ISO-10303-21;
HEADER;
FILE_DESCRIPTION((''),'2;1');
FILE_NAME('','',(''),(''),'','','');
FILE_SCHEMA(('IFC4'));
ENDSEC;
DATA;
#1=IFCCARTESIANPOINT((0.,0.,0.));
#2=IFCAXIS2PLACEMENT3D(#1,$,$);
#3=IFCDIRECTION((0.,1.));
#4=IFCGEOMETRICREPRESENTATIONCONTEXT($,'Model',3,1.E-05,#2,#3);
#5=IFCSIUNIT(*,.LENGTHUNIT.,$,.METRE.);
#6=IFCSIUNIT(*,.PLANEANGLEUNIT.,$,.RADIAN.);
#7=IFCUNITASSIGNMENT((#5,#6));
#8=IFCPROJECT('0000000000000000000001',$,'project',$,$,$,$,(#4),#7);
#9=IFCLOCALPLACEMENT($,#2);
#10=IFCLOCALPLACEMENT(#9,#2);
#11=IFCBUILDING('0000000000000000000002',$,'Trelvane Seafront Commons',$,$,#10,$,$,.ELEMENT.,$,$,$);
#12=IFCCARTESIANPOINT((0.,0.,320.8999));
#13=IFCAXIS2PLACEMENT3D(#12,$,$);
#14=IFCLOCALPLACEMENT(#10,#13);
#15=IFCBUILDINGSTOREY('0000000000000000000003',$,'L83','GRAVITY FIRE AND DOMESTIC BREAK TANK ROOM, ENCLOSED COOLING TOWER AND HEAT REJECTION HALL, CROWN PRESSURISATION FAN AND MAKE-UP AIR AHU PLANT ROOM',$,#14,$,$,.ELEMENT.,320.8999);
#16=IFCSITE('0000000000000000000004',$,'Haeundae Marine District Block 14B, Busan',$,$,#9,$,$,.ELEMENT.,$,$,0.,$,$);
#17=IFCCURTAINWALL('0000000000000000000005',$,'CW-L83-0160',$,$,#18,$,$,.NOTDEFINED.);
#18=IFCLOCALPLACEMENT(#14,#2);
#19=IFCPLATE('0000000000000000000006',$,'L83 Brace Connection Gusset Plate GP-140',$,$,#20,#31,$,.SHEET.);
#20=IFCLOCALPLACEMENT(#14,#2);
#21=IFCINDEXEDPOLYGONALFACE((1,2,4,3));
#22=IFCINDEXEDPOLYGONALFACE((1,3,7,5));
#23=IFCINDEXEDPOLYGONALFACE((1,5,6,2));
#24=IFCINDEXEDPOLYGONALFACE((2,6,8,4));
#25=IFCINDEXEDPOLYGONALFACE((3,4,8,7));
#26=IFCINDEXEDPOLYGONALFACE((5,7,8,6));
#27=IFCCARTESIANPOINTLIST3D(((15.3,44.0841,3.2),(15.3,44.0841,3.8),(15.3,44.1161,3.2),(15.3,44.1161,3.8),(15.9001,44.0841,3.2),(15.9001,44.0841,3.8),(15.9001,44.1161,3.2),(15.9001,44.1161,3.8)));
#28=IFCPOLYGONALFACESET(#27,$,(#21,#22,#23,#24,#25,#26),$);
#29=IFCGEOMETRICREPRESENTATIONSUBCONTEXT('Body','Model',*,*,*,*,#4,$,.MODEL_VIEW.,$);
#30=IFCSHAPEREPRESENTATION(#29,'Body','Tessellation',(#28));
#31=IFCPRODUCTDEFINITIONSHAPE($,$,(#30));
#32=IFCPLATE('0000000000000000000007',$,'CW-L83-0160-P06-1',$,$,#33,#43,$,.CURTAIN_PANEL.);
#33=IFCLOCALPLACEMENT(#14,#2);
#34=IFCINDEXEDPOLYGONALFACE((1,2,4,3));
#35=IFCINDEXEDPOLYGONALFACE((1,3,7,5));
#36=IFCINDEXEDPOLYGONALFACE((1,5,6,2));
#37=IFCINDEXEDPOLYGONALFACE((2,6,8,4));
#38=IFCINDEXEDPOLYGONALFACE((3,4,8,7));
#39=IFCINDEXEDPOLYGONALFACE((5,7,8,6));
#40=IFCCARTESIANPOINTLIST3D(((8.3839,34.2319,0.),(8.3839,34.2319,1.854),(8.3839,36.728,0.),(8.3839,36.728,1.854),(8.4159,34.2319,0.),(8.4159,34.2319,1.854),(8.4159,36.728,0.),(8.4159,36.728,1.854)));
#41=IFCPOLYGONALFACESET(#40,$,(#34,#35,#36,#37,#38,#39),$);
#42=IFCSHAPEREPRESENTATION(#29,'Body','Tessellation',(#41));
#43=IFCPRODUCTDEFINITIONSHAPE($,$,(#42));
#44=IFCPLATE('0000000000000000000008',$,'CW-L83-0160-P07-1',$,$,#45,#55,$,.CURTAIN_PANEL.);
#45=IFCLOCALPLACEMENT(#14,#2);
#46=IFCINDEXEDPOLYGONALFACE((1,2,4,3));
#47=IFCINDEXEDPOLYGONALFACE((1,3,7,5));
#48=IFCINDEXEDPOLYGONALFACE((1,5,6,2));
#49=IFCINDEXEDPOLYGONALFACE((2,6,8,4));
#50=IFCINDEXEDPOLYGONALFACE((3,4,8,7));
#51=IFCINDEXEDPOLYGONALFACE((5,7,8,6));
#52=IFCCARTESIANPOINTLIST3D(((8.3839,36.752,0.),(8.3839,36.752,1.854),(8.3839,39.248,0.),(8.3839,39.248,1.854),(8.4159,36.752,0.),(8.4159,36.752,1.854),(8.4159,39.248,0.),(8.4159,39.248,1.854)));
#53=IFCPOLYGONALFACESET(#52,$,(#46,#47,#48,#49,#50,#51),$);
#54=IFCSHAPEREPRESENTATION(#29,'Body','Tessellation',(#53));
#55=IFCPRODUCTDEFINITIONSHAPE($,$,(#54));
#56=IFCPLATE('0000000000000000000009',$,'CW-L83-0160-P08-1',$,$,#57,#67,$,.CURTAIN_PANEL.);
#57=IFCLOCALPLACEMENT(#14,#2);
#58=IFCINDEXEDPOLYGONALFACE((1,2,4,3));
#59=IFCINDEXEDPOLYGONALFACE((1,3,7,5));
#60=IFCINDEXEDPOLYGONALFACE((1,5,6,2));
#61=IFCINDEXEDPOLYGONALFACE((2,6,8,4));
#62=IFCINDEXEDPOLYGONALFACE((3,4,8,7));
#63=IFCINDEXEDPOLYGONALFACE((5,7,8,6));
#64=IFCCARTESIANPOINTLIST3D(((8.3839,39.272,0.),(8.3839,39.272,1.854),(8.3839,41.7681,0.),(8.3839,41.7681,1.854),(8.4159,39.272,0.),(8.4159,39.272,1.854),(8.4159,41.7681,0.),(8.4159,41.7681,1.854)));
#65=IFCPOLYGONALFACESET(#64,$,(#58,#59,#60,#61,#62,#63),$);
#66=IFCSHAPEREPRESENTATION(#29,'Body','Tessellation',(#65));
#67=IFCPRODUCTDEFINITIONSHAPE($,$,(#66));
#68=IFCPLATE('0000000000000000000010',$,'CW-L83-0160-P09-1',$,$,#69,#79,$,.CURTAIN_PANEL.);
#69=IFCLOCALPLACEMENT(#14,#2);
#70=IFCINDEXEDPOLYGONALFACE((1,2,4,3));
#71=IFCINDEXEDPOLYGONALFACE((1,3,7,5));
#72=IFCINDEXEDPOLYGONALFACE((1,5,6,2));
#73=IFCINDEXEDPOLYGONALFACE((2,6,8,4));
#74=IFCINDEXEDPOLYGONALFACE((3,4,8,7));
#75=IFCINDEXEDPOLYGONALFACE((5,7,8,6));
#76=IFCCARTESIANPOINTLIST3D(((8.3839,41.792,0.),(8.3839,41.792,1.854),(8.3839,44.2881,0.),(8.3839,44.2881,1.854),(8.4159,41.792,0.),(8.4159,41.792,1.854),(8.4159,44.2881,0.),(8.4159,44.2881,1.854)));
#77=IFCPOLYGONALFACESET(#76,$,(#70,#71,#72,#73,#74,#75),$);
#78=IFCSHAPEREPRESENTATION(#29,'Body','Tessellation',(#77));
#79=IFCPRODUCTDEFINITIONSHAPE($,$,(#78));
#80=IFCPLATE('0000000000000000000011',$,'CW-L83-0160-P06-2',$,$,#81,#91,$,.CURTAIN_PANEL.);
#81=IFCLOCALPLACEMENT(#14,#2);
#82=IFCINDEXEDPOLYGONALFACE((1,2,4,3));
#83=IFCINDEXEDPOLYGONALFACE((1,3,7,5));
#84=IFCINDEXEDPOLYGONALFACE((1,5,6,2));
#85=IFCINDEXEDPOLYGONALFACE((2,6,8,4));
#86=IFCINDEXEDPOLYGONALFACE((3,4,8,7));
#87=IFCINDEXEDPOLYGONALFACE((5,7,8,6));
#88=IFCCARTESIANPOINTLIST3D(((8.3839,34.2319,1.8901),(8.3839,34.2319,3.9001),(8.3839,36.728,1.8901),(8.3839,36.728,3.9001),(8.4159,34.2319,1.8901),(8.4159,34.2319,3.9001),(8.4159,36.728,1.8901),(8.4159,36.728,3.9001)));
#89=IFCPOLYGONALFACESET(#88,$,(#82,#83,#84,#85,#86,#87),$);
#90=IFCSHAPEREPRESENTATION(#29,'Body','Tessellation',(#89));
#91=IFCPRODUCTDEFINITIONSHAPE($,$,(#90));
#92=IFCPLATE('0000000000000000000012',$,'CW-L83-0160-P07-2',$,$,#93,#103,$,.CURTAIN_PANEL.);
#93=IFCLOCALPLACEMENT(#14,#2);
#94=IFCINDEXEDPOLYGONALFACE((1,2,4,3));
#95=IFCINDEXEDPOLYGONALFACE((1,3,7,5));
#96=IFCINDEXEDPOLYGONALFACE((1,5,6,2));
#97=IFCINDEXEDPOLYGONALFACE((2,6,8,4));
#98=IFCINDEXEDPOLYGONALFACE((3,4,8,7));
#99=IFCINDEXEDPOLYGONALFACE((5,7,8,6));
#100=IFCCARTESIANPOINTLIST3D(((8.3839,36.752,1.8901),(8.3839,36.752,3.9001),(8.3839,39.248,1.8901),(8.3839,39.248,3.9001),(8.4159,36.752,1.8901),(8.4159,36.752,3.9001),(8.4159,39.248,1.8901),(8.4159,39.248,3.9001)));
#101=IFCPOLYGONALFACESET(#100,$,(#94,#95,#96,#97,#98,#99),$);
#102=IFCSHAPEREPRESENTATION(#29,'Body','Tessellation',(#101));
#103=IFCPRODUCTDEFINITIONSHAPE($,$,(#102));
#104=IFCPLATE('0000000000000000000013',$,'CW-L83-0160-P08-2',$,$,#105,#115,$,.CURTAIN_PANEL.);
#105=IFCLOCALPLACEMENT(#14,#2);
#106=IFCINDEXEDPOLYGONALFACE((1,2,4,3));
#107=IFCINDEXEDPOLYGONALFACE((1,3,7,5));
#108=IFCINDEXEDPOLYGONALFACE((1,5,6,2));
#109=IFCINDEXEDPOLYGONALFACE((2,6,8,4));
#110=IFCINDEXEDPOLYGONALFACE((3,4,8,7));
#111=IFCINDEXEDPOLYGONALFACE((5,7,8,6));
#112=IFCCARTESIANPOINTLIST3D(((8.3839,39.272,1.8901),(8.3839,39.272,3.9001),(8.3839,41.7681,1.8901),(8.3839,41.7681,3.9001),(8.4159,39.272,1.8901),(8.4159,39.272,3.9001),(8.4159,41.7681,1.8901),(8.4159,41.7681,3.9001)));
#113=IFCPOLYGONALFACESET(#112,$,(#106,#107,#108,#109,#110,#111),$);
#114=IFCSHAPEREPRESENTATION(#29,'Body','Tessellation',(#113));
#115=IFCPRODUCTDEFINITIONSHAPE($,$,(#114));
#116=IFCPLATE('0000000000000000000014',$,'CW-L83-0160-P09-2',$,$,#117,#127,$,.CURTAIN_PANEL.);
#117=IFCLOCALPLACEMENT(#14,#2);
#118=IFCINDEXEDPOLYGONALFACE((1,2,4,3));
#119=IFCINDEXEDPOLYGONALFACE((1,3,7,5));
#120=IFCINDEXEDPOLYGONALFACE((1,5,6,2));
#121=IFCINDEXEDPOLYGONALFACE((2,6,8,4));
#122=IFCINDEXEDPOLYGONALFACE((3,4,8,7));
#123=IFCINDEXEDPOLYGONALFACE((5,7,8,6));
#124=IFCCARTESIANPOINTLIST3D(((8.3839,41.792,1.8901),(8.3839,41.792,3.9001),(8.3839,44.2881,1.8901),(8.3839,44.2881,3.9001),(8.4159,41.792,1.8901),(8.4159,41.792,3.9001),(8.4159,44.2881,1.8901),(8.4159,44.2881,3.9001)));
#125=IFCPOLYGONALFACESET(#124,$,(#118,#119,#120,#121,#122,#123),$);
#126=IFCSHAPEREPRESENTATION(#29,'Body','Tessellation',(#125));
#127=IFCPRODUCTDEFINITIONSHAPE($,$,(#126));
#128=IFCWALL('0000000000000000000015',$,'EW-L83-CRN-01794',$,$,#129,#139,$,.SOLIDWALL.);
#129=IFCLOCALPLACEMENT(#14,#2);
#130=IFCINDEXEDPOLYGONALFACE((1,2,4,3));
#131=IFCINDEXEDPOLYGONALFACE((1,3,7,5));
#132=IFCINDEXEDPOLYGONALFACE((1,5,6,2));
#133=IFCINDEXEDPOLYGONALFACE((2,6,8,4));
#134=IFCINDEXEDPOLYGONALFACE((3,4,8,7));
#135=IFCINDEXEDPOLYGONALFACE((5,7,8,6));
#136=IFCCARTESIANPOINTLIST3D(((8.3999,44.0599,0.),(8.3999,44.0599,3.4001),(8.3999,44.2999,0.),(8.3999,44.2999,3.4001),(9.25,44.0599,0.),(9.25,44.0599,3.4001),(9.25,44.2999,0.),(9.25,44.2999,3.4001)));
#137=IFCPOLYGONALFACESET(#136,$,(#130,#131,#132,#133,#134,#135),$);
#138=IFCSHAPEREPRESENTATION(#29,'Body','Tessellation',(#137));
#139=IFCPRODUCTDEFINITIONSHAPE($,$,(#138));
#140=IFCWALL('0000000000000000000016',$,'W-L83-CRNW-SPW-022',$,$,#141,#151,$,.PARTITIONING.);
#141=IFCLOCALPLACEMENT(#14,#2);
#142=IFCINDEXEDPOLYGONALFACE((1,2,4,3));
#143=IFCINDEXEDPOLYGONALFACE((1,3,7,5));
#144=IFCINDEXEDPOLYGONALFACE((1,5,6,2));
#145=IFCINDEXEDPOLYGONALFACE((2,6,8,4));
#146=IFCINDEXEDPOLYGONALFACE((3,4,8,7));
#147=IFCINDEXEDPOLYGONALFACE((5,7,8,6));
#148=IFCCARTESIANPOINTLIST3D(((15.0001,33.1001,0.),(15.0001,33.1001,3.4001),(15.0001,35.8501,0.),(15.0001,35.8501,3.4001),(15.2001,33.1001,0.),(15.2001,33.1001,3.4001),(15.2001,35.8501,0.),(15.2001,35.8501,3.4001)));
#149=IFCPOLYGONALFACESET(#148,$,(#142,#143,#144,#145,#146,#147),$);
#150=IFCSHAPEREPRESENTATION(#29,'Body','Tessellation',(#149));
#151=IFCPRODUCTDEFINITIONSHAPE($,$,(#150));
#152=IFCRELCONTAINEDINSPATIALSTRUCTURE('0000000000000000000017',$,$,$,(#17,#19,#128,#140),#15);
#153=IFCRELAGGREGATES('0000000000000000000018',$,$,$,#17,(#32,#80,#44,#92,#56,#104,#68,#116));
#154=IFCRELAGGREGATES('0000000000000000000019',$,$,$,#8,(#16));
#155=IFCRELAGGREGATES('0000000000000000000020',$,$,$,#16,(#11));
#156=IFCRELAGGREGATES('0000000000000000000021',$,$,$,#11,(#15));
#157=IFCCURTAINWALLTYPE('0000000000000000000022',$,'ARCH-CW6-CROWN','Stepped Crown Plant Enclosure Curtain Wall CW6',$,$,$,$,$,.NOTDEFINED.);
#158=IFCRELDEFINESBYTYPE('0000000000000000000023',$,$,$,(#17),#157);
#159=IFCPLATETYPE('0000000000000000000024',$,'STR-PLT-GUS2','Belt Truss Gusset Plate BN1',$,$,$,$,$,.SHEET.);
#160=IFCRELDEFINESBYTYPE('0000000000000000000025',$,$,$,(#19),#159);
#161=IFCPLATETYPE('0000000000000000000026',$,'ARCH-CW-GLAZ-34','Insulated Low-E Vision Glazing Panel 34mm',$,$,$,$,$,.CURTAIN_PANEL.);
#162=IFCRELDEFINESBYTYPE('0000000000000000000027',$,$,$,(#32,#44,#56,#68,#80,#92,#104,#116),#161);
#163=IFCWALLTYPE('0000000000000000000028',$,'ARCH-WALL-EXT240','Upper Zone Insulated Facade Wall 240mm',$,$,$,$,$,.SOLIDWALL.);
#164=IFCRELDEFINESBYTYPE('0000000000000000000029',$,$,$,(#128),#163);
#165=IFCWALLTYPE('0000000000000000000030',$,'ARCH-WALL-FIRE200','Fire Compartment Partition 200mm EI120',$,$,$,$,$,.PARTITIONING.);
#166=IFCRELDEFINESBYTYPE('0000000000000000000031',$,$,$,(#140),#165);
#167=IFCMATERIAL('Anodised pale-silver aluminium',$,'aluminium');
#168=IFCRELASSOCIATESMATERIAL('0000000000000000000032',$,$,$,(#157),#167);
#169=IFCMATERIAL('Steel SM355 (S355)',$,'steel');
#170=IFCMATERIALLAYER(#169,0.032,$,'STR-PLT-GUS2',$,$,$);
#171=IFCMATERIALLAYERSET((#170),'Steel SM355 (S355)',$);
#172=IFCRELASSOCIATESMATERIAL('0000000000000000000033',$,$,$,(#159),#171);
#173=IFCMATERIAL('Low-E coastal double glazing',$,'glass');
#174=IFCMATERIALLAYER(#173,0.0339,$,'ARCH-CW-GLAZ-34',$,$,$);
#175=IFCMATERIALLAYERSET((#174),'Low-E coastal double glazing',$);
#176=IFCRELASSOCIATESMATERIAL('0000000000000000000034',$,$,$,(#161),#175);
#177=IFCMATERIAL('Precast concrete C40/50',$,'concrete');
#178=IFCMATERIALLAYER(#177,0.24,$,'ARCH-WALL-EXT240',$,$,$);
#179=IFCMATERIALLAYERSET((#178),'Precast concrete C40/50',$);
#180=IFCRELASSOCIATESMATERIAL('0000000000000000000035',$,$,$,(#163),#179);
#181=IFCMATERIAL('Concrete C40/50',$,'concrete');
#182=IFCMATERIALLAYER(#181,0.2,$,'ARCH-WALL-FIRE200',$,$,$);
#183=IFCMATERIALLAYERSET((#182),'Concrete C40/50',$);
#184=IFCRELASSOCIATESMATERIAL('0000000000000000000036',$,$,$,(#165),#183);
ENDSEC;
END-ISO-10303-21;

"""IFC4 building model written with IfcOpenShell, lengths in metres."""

from ifc_helpers import new_model, si_unit, direction, frame, frame_2d, origin, origin_2d, place, context, subcontext, project, spatial, rectangle, extrude, source, transform, mapped, material, layer, layer_set, type_object, element, aggregate, save


model = new_model("IFC4")

# Units and contexts
model_context = context("Model", 3, precision=1e-05, world=origin(), true_north=direction((0.0, 1.0)))
body_context = subcontext(model_context, "Body", "Model", "MODEL_VIEW")
ifc_project = project(units=[si_unit("LENGTHUNIT", "METRE"), si_unit("PLANEANGLEUNIT", "RADIAN")], contexts=[model_context])

# Site, building, storey
site_placement = place(None, origin())
site = spatial("IfcSite", under=ifc_project, at=site_placement, Name="Haeundae Marine District Block 14B, Busan", CompositionType="ELEMENT", RefElevation=0.0)
building_placement = place(site_placement, origin())
building = spatial("IfcBuilding", under=site, at=building_placement, Name="Trelvane Seafront Commons", CompositionType="ELEMENT")
storey_placement = place(building_placement, frame((0.0, 0.0, 320.8999)))
storey = spatial("IfcBuildingStorey", under=building, at=storey_placement, Name="L83", Description="GRAVITY FIRE AND DOMESTIC BREAK TANK ROOM, ENCLOSED COOLING TOWER AND HEAT REJECTION HALL, CROWN PRESSURISATION FAN AND MAKE-UP AIR AHU PLANT ROOM", CompositionType="ELEMENT", Elevation=320.8999)

# Shared definitions
ifc_material_1 = material(Name="Steel SM355 (S355)", Category="steel")

# Curtain wall
ifc_material_2 = material(Name="Anodised pale-silver aluminium", Category="aluminium")
curtain_wall_type = type_object("IfcCurtainWallType", Name="ARCH-CW6-CROWN", Description="Stepped Crown Plant Enclosure Curtain Wall CW6", PredefinedType="NOTDEFINED", material=ifc_material_2)
curtain_wall_placement = place(storey_placement, origin())
curtain_wall = element("IfcCurtainWall", 1, at=curtain_wall_placement, inside=storey, type_object=curtain_wall_type, Name="CW-L83-0160", PredefinedType="NOTDEFINED")

# Plate
ifc_layer_1 = layer(ifc_material_1, 0.032, Name="STR-PLT-GUS2")
ifc_layer_set_1 = layer_set([ifc_layer_1], Name="Steel SM355 (S355)")
plate_type_1 = type_object("IfcPlateType", Name="STR-PLT-GUS2", Description="Belt Truss Gusset Plate BN1", PredefinedType="SHEET", material=ifc_layer_set_1)
shared_shape_1 = source(origin(), body_context, "Body", "SweptSolid", [
    extrude(rectangle(XDim=0.6001, YDim=0.032, at=origin_2d()), origin(), (0.0, 0.0, 1.0), 0.6001),
])
for number, where, z_axis, x_axis, name in (
    (2, (15.6001, 44.1001, 3.2), (0.0, 0.0, 1.0), (1.0, 0.0, 0.0), "L83 Brace Connection Gusset Plate GP-140"),
):
    element("IfcPlate", number, at=place(storey_placement, frame(where, z_axis=z_axis, x_axis=x_axis)), inside=storey, type_object=plate_type_1, Name=name, PredefinedType="SHEET", context=body_context, shape_type="MappedRepresentation", body=[
        mapped(shared_shape_1, transform((0.0, 0.0, 0.0), x_axis=(1.0, 0.0, 0.0), y_axis=(0.0, 1.0, 0.0), z_axis=(0.0, 0.0, 1.0), scale=1.0)),
    ])

# Plates
ifc_material_3 = material(Name="Low-E coastal double glazing", Category="glass")
ifc_layer_2 = layer(ifc_material_3, 0.0339, Name="ARCH-CW-GLAZ-34")
ifc_layer_set_2 = layer_set([ifc_layer_2], Name="Low-E coastal double glazing")
plate_type_2 = type_object("IfcPlateType", Name="ARCH-CW-GLAZ-34", Description="Insulated Low-E Vision Glazing Panel 34mm", PredefinedType="CURTAIN_PANEL", material=ifc_layer_set_2)
shared_shape_2 = source(origin(), body_context, "Body", "SweptSolid", [
    extrude(rectangle(XDim=2.4961, YDim=0.032, at=origin_2d()), origin(), (0.0, 0.0, 1.0), 1.854),
])
plate_1_placement = place(storey_placement, frame((8.3999, 35.48, 0.0), z_axis=(0.0, 0.0, 1.0), x_axis=(0.0, 1.0, 0.0)))
plate_1 = element("IfcPlate", 3, at=plate_1_placement, type_object=plate_type_2, Name="CW-L83-0160-P06-1", PredefinedType="CURTAIN_PANEL", context=body_context, shape_type="MappedRepresentation", body=[
    mapped(shared_shape_2, transform((0.0, 0.0, 0.0), x_axis=(1.0, 0.0, 0.0), y_axis=(0.0, 1.0, 0.0), z_axis=(0.0, 0.0, 1.0), scale=1.0)),
])
plate_2_placement = place(storey_placement, frame((8.3999, 38.0, 0.0), z_axis=(0.0, 0.0, 1.0), x_axis=(0.0, 1.0, 0.0)))
plate_2 = element("IfcPlate", 4, at=plate_2_placement, type_object=plate_type_2, Name="CW-L83-0160-P07-1", PredefinedType="CURTAIN_PANEL", context=body_context, shape_type="MappedRepresentation", body=[
    mapped(shared_shape_2, transform((0.0, 0.0, 0.0), x_axis=(1.0, 0.0, 0.0), y_axis=(0.0, 1.0, 0.0), z_axis=(0.0, 0.0, 1.0), scale=1.0)),
])
plate_3_placement = place(storey_placement, frame((8.3999, 40.52, 0.0), z_axis=(0.0, 0.0, 1.0), x_axis=(0.0, 1.0, 0.0)))
plate_3 = element("IfcPlate", 5, at=plate_3_placement, type_object=plate_type_2, Name="CW-L83-0160-P08-1", PredefinedType="CURTAIN_PANEL", context=body_context, shape_type="MappedRepresentation", body=[
    mapped(shared_shape_2, transform((0.0, 0.0, 0.0), x_axis=(1.0, 0.0, 0.0), y_axis=(0.0, 1.0, 0.0), z_axis=(0.0, 0.0, 1.0), scale=1.0)),
])
plate_4_placement = place(storey_placement, frame((8.3999, 43.04, 0.0), z_axis=(0.0, 0.0, 1.0), x_axis=(0.0, 1.0, 0.0)))
plate_4 = element("IfcPlate", 6, at=plate_4_placement, type_object=plate_type_2, Name="CW-L83-0160-P09-1", PredefinedType="CURTAIN_PANEL", context=body_context, shape_type="MappedRepresentation", body=[
    mapped(shared_shape_2, transform((0.0, 0.0, 0.0), x_axis=(1.0, 0.0, 0.0), y_axis=(0.0, 1.0, 0.0), z_axis=(0.0, 0.0, 1.0), scale=1.0)),
])
shared_shape_3 = source(origin(), body_context, "Body", "SweptSolid", [
    extrude(rectangle(XDim=2.4961, YDim=0.032, at=origin_2d()), origin(), (0.0, 0.0, 1.0), 2.01),
])
plate_5_placement = place(storey_placement, frame((8.3999, 35.48, 1.8901), z_axis=(0.0, 0.0, 1.0), x_axis=(0.0, 1.0, 0.0)))
plate_5 = element("IfcPlate", 7, at=plate_5_placement, type_object=plate_type_2, Name="CW-L83-0160-P06-2", PredefinedType="CURTAIN_PANEL", context=body_context, shape_type="MappedRepresentation", body=[
    mapped(shared_shape_3, transform((0.0, 0.0, 0.0), x_axis=(1.0, 0.0, 0.0), y_axis=(0.0, 1.0, 0.0), z_axis=(0.0, 0.0, 1.0), scale=1.0)),
])
plate_6_placement = place(storey_placement, frame((8.3999, 38.0, 1.8901), z_axis=(0.0, 0.0, 1.0), x_axis=(0.0, 1.0, 0.0)))
plate_6 = element("IfcPlate", 8, at=plate_6_placement, type_object=plate_type_2, Name="CW-L83-0160-P07-2", PredefinedType="CURTAIN_PANEL", context=body_context, shape_type="MappedRepresentation", body=[
    mapped(shared_shape_3, transform((0.0, 0.0, 0.0), x_axis=(1.0, 0.0, 0.0), y_axis=(0.0, 1.0, 0.0), z_axis=(0.0, 0.0, 1.0), scale=1.0)),
])
plate_7_placement = place(storey_placement, frame((8.3999, 40.52, 1.8901), z_axis=(0.0, 0.0, 1.0), x_axis=(0.0, 1.0, 0.0)))
plate_7 = element("IfcPlate", 9, at=plate_7_placement, type_object=plate_type_2, Name="CW-L83-0160-P08-2", PredefinedType="CURTAIN_PANEL", context=body_context, shape_type="MappedRepresentation", body=[
    mapped(shared_shape_3, transform((0.0, 0.0, 0.0), x_axis=(1.0, 0.0, 0.0), y_axis=(0.0, 1.0, 0.0), z_axis=(0.0, 0.0, 1.0), scale=1.0)),
])
plate_8_placement = place(storey_placement, frame((8.3999, 43.04, 1.8901), z_axis=(0.0, 0.0, 1.0), x_axis=(0.0, 1.0, 0.0)))
plate_8 = element("IfcPlate", 10, at=plate_8_placement, type_object=plate_type_2, Name="CW-L83-0160-P09-2", PredefinedType="CURTAIN_PANEL", context=body_context, shape_type="MappedRepresentation", body=[
    mapped(shared_shape_3, transform((0.0, 0.0, 0.0), x_axis=(1.0, 0.0, 0.0), y_axis=(0.0, 1.0, 0.0), z_axis=(0.0, 0.0, 1.0), scale=1.0)),
])
aggregate(curtain_wall, [plate_1, plate_5, plate_2, plate_6, plate_3, plate_7, plate_4, plate_8])

# Wall
ifc_material_4 = material(Name="Precast concrete C40/50", Category="concrete")
ifc_layer_3 = layer(ifc_material_4, 0.24, Name="ARCH-WALL-EXT240")
ifc_layer_set_3 = layer_set([ifc_layer_3], Name="Precast concrete C40/50")
wall_type_1 = type_object("IfcWallType", Name="ARCH-WALL-EXT240", Description="Upper Zone Insulated Facade Wall 240mm", PredefinedType="SOLIDWALL", material=ifc_layer_set_3)
wall_1_placement = place(storey_placement, frame((8.3999, 44.1799, 0.0), z_axis=(0.0, 0.0, 1.0), x_axis=(1.0, 0.0, 0.0)))
element("IfcWall", 11, at=wall_1_placement, inside=storey, type_object=wall_type_1, Name="EW-L83-CRN-01794", PredefinedType="SOLIDWALL", context=body_context, shape_type="SweptSolid", body=[
    extrude(rectangle(XDim=0.8501, YDim=0.24, at=frame_2d((0.425, 0.0))), origin(), (0.0, 0.0, 1.0), 3.4001),
])

# Shared definitions
ifc_material_5 = material(Name="Concrete C40/50", Category="concrete")
ifc_layer_4 = layer(ifc_material_5, 0.2, Name="ARCH-WALL-FIRE200")
ifc_layer_set_4 = layer_set([ifc_layer_4], Name="Concrete C40/50")
wall_type_2 = type_object("IfcWallType", Name="ARCH-WALL-FIRE200", Description="Fire Compartment Partition 200mm EI120", PredefinedType="PARTITIONING", material=ifc_layer_set_4)

# Wall
wall_2_placement = place(storey_placement, frame((15.1001, 33.1001, 0.0), z_axis=(0.0, 0.0, 1.0), x_axis=(0.0, 1.0, 0.0)))
element("IfcWall", 12, at=wall_2_placement, inside=storey, type_object=wall_type_2, Name="W-L83-CRNW-SPW-022", PredefinedType="PARTITIONING", context=body_context, shape_type="SweptSolid", body=[
    extrude(rectangle(XDim=2.75, YDim=0.2, at=frame_2d((1.375, 0.0))), origin(), (0.0, 0.0, 1.0), 3.4001),
])

save(model, "model.ifc")
